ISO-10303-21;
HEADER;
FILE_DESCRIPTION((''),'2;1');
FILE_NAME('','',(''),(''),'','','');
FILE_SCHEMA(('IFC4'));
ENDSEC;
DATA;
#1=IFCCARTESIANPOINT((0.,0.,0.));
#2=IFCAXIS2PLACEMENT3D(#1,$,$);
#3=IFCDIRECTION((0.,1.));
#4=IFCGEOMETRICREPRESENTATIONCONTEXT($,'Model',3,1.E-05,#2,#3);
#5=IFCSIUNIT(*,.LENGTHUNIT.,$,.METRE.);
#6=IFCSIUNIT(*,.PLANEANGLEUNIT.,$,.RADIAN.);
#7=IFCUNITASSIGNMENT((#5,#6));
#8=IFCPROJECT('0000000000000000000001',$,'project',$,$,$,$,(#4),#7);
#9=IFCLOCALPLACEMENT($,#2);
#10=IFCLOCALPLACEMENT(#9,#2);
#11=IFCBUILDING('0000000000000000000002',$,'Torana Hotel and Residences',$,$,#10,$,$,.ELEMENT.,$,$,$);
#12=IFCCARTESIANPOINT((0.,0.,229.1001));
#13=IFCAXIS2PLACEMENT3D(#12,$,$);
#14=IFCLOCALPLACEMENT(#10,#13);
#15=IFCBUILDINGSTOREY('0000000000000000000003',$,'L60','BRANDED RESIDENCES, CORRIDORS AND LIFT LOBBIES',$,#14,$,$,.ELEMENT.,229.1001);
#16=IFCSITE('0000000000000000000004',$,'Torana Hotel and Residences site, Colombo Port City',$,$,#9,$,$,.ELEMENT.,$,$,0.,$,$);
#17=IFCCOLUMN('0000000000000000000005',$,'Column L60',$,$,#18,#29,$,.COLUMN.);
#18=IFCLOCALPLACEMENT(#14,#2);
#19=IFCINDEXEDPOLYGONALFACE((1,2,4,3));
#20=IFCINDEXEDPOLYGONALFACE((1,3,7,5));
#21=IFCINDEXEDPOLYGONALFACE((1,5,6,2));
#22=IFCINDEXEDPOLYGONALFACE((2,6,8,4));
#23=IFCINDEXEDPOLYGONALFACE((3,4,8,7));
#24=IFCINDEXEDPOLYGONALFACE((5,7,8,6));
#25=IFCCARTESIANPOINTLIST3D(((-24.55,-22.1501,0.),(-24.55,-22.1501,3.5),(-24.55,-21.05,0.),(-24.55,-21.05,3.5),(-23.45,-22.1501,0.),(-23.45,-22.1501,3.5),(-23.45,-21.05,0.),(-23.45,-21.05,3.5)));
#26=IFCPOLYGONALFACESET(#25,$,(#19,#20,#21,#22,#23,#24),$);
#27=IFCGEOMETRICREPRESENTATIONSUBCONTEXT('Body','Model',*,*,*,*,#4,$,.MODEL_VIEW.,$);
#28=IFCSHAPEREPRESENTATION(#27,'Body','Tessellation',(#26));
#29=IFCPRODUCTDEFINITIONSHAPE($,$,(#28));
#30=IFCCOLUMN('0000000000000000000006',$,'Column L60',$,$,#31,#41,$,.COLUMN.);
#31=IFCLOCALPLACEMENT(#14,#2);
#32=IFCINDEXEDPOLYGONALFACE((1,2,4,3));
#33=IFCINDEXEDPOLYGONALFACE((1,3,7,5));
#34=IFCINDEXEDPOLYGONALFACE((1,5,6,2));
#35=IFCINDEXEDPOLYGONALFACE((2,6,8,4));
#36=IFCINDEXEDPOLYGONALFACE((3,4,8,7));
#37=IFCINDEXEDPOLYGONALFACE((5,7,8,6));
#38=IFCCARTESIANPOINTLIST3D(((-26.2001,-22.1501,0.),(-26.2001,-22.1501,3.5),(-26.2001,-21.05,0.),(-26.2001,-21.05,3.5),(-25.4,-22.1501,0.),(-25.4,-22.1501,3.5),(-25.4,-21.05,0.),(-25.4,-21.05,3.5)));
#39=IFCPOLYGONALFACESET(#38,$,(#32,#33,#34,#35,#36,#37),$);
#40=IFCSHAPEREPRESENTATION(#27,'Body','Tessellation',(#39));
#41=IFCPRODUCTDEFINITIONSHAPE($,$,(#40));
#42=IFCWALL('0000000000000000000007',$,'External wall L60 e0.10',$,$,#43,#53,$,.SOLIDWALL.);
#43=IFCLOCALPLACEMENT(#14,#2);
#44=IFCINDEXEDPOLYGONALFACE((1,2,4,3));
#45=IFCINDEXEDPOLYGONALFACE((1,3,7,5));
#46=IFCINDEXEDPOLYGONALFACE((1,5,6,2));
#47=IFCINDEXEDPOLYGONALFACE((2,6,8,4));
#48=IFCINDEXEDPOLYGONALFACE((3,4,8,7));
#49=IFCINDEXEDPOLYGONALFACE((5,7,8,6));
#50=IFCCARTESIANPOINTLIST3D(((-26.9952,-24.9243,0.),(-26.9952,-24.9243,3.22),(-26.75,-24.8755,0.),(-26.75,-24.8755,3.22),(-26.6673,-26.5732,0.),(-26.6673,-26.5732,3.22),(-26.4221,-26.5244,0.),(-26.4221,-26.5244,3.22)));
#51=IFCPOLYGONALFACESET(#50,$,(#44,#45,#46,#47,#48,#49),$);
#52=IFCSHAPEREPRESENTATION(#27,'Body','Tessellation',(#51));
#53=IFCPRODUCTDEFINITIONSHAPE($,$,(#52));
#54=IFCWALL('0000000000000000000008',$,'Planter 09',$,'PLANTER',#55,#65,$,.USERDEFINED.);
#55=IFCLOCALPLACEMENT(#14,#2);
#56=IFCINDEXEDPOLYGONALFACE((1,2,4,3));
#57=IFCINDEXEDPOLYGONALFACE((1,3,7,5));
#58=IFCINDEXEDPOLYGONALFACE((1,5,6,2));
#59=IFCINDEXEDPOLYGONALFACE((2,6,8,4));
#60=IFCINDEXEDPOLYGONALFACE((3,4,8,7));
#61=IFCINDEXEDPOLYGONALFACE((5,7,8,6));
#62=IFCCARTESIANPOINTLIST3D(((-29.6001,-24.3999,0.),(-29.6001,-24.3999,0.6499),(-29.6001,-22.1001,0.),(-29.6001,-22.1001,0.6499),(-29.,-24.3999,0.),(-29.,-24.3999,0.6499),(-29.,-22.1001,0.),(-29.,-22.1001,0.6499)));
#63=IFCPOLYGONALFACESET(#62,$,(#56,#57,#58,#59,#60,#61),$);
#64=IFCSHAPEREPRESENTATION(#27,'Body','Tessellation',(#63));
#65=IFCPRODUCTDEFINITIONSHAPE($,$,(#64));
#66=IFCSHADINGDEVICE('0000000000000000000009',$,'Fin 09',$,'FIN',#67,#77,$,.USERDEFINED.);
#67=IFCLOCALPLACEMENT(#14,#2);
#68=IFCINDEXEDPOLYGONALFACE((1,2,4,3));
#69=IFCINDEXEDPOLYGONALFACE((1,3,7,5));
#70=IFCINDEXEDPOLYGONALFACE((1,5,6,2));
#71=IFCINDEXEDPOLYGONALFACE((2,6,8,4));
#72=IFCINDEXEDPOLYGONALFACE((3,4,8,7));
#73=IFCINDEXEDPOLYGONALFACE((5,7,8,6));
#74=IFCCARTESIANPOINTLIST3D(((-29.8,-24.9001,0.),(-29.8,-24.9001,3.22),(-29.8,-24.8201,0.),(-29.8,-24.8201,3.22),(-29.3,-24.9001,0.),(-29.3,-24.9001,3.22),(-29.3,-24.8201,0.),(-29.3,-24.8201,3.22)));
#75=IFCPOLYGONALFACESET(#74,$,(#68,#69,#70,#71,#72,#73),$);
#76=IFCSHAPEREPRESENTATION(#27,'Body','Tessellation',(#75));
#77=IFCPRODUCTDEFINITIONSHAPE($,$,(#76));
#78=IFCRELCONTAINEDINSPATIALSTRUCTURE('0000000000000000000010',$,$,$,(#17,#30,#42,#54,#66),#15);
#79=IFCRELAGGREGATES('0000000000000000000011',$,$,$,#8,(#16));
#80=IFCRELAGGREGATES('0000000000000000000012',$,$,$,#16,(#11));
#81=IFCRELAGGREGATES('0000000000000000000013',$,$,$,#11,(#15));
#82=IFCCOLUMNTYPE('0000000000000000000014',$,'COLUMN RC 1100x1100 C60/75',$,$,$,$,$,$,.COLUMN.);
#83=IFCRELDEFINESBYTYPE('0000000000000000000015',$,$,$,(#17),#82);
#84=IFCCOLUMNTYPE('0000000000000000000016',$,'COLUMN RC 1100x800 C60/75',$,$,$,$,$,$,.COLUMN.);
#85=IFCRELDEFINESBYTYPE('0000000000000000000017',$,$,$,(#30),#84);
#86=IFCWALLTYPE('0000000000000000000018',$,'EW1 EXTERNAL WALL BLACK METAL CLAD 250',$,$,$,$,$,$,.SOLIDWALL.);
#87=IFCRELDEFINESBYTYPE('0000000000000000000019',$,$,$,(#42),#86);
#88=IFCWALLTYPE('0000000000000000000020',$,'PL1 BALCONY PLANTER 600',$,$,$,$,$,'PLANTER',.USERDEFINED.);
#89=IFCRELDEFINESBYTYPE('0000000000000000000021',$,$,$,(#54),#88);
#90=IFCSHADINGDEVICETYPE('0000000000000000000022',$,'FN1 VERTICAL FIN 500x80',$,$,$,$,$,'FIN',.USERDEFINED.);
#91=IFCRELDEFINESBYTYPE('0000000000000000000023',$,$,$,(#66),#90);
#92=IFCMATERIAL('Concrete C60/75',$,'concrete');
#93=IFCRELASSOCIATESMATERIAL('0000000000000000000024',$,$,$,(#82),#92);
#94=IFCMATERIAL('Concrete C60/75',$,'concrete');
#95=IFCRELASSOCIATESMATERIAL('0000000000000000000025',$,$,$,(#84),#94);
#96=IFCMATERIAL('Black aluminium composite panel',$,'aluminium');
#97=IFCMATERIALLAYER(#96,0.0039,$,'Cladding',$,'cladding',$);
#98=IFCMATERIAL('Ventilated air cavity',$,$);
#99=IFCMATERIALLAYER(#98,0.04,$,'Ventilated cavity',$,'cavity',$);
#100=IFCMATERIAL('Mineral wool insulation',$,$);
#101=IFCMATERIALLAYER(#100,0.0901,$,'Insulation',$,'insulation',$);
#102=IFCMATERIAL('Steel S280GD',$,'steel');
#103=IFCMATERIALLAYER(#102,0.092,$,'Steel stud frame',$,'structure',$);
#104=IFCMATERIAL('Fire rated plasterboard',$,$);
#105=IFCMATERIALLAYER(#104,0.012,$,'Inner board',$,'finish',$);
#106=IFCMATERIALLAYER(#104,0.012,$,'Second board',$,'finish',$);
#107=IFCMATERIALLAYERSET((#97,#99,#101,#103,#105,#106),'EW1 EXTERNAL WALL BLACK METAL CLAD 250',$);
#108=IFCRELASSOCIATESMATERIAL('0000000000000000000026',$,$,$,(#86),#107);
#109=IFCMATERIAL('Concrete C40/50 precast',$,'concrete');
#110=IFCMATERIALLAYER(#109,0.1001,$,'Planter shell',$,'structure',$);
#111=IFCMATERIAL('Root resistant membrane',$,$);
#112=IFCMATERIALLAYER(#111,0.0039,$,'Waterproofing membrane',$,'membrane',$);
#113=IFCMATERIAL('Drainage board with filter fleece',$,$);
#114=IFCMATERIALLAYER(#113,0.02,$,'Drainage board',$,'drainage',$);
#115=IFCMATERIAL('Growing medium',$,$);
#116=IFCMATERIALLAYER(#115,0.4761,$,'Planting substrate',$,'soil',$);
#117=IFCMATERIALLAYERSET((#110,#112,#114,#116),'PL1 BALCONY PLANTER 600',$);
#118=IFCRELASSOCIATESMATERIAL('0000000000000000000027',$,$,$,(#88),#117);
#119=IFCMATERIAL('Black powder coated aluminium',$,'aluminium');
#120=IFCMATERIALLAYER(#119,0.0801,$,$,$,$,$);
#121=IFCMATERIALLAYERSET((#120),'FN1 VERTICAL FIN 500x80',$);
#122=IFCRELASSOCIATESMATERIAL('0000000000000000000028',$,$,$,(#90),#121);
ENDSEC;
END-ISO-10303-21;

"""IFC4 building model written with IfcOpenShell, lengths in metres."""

from ifc_helpers import new_model, si_unit, direction, frame, frame_2d, origin, origin_2d, place, context, subcontext, project, spatial, rectangle, extrude, material, layer, layer_set, material_profile, profile_set, type_object, element, save


model = new_model("IFC4")

# Units and contexts
model_context = context("Model", 3, precision=1e-05, world=origin(), true_north=direction((0.0, 1.0)))
body_context = subcontext(model_context, "Body", "Model", "MODEL_VIEW")
ifc_project = project(units=[si_unit("LENGTHUNIT", "METRE"), si_unit("PLANEANGLEUNIT", "RADIAN")], contexts=[model_context])

# Site, building, storey
site_placement = place(None, origin())
site = spatial("IfcSite", under=ifc_project, at=site_placement, Name="Torana Hotel and Residences site, Colombo Port City", CompositionType="ELEMENT", RefElevation=0.0)
building_placement = place(site_placement, origin())
building = spatial("IfcBuilding", under=site, at=building_placement, Name="Torana Hotel and Residences", CompositionType="ELEMENT")
storey_placement = place(building_placement, frame((0.0, 0.0, 229.1001)))
storey = spatial("IfcBuildingStorey", under=building, at=storey_placement, Name="L60", Description="BRANDED RESIDENCES, CORRIDORS AND LIFT LOBBIES", CompositionType="ELEMENT", Elevation=229.1001)

# Columns
ifc_material_1 = material(Name="Concrete C60/75", Category="concrete")
ifc_material_profile_1 = material_profile(ifc_material_1, rectangle(XDim=1.1001, YDim=1.1001, at=origin_2d()), Name="RC 1100x1100")
ifc_profile_set_1 = profile_set([ifc_material_profile_1], Name="Concrete C60/75")
column_type_1 = type_object("IfcColumnType", Name="COLUMN RC 1100x1100 C60/75", PredefinedType="COLUMN", material=ifc_profile_set_1)
column_1_placement = place(storey_placement, frame((-24.0, -21.6001, 0.0), z_axis=(0.0, 0.0, 1.0), x_axis=(1.0, 0.0, 0.0)))
element("IfcColumn", 1, at=column_1_placement, inside=storey, type_object=column_type_1, Name="Column L60", PredefinedType="COLUMN", context=body_context, shape_type="SweptSolid", body=[
    extrude(rectangle(XDim=1.1001, YDim=1.1001, at=origin_2d()), origin(), (0.0, 0.0, 1.0), 3.5),
])
ifc_material_2 = material(Name="Concrete C60/75", Category="concrete")
ifc_material_profile_2 = material_profile(ifc_material_2, rectangle(XDim=1.1001, YDim=0.8, at=origin_2d()), Name="RC 1100x800")
ifc_profile_set_2 = profile_set([ifc_material_profile_2], Name="Concrete C60/75")
column_type_2 = type_object("IfcColumnType", Name="COLUMN RC 1100x800 C60/75", PredefinedType="COLUMN", material=ifc_profile_set_2)
column_2_placement = place(storey_placement, frame((-25.8, -21.6001, 0.0), z_axis=(0.0, 0.0, 1.0), x_axis=(0.0, 1.0, 0.0)))
element("IfcColumn", 2, at=column_2_placement, inside=storey, type_object=column_type_2, Name="Column L60", PredefinedType="COLUMN", context=body_context, shape_type="SweptSolid", body=[
    extrude(rectangle(XDim=1.1001, YDim=0.8, at=origin_2d()), origin(), (0.0, 0.0, 1.0), 3.5),
])

# Walls
ifc_material_3 = material(Name="Black aluminium composite panel", Category="aluminium")
ifc_layer_1 = layer(ifc_material_3, 0.0039, Name="Cladding", Category="cladding")
ifc_material_4 = material(Name="Ventilated air cavity")
ifc_layer_2 = layer(ifc_material_4, 0.04, Name="Ventilated cavity", Category="cavity")
ifc_material_5 = material(Name="Mineral wool insulation")
ifc_layer_3 = layer(ifc_material_5, 0.0901, Name="Insulation", Category="insulation")
ifc_material_6 = material(Name="Steel S280GD", Category="steel")
ifc_layer_4 = layer(ifc_material_6, 0.092, Name="Steel stud frame", Category="structure")
ifc_material_7 = material(Name="Fire rated plasterboard")
ifc_layer_5 = layer(ifc_material_7, 0.012, Name="Inner board", Category="finish")
ifc_layer_6 = layer(ifc_material_7, 0.012, Name="Second board", Category="finish")
ifc_layer_set_1 = layer_set([ifc_layer_1, ifc_layer_2, ifc_layer_3, ifc_layer_4, ifc_layer_5, ifc_layer_6], Name="EW1 EXTERNAL WALL BLACK METAL CLAD 250")
wall_type_1 = type_object("IfcWallType", Name="EW1 EXTERNAL WALL BLACK METAL CLAD 250", PredefinedType="SOLIDWALL", material=ifc_layer_set_1)
wall_1_placement = place(storey_placement, frame((-26.8726, -24.8999, 0.0), z_axis=(0.0, 0.0, 1.0), x_axis=(0.195027, -0.980798, 0.0)))
element("IfcWall", 3, at=wall_1_placement, inside=storey, type_object=wall_type_1, Name="External wall L60 e0.10", PredefinedType="SOLIDWALL", context=body_context, shape_type="SweptSolid", body=[
    extrude(rectangle(XDim=1.6812, YDim=0.25, at=frame_2d((0.8406, 0.0))), origin(), (0.0, 0.0, 1.0), 3.22),
])
ifc_material_8 = material(Name="Concrete C40/50 precast", Category="concrete")
ifc_layer_7 = layer(ifc_material_8, 0.1001, Name="Planter shell", Category="structure")
ifc_material_9 = material(Name="Root resistant membrane")
ifc_layer_8 = layer(ifc_material_9, 0.0039, Name="Waterproofing membrane", Category="membrane")
ifc_material_10 = material(Name="Drainage board with filter fleece")
ifc_layer_9 = layer(ifc_material_10, 0.02, Name="Drainage board", Category="drainage")
ifc_material_11 = material(Name="Growing medium")
ifc_layer_10 = layer(ifc_material_11, 0.4761, Name="Planting substrate", Category="soil")
ifc_layer_set_2 = layer_set([ifc_layer_7, ifc_layer_8, ifc_layer_9, ifc_layer_10], Name="PL1 BALCONY PLANTER 600")
wall_type_2 = type_object("IfcWallType", Name="PL1 BALCONY PLANTER 600", ElementType="PLANTER", PredefinedType="USERDEFINED", material=ifc_layer_set_2)
wall_2_placement = place(storey_placement, frame((-29.3, -24.3999, 0.0), z_axis=(0.0, 0.0, 1.0), x_axis=(0.0, 1.0, 0.0)))
element("IfcWall", 4, at=wall_2_placement, inside=storey, type_object=wall_type_2, Name="Planter 09", ObjectType="PLANTER", PredefinedType="USERDEFINED", context=body_context, shape_type="SweptSolid", body=[
    extrude(rectangle(XDim=2.2998, YDim=0.6001, at=frame_2d((1.1499, 0.0))), origin(), (0.0, 0.0, 1.0), 0.6499),
])

# Shading device
ifc_material_12 = material(Name="Black powder coated aluminium", Category="aluminium")
ifc_layer_11 = layer(ifc_material_12, 0.0801)
ifc_layer_set_3 = layer_set([ifc_layer_11], Name="FN1 VERTICAL FIN 500x80")
shading_device_type = type_object("IfcShadingDeviceType", Name="FN1 VERTICAL FIN 500x80", ElementType="FIN", PredefinedType="USERDEFINED", material=ifc_layer_set_3)
shading_device_placement = place(storey_placement, frame((-29.55, -24.8601, 0.0), z_axis=(0.0, 0.0, 1.0), x_axis=(0.0, 1.0, 0.0)))
element("IfcShadingDevice", 5, at=shading_device_placement, inside=storey, type_object=shading_device_type, Name="Fin 09", ObjectType="FIN", PredefinedType="USERDEFINED", context=body_context, shape_type="SweptSolid", body=[
    extrude(rectangle(XDim=0.0801, YDim=0.5, at=origin_2d()), origin(), (0.0, 0.0, 1.0), 3.22),
])

save(model, "model.ifc")
